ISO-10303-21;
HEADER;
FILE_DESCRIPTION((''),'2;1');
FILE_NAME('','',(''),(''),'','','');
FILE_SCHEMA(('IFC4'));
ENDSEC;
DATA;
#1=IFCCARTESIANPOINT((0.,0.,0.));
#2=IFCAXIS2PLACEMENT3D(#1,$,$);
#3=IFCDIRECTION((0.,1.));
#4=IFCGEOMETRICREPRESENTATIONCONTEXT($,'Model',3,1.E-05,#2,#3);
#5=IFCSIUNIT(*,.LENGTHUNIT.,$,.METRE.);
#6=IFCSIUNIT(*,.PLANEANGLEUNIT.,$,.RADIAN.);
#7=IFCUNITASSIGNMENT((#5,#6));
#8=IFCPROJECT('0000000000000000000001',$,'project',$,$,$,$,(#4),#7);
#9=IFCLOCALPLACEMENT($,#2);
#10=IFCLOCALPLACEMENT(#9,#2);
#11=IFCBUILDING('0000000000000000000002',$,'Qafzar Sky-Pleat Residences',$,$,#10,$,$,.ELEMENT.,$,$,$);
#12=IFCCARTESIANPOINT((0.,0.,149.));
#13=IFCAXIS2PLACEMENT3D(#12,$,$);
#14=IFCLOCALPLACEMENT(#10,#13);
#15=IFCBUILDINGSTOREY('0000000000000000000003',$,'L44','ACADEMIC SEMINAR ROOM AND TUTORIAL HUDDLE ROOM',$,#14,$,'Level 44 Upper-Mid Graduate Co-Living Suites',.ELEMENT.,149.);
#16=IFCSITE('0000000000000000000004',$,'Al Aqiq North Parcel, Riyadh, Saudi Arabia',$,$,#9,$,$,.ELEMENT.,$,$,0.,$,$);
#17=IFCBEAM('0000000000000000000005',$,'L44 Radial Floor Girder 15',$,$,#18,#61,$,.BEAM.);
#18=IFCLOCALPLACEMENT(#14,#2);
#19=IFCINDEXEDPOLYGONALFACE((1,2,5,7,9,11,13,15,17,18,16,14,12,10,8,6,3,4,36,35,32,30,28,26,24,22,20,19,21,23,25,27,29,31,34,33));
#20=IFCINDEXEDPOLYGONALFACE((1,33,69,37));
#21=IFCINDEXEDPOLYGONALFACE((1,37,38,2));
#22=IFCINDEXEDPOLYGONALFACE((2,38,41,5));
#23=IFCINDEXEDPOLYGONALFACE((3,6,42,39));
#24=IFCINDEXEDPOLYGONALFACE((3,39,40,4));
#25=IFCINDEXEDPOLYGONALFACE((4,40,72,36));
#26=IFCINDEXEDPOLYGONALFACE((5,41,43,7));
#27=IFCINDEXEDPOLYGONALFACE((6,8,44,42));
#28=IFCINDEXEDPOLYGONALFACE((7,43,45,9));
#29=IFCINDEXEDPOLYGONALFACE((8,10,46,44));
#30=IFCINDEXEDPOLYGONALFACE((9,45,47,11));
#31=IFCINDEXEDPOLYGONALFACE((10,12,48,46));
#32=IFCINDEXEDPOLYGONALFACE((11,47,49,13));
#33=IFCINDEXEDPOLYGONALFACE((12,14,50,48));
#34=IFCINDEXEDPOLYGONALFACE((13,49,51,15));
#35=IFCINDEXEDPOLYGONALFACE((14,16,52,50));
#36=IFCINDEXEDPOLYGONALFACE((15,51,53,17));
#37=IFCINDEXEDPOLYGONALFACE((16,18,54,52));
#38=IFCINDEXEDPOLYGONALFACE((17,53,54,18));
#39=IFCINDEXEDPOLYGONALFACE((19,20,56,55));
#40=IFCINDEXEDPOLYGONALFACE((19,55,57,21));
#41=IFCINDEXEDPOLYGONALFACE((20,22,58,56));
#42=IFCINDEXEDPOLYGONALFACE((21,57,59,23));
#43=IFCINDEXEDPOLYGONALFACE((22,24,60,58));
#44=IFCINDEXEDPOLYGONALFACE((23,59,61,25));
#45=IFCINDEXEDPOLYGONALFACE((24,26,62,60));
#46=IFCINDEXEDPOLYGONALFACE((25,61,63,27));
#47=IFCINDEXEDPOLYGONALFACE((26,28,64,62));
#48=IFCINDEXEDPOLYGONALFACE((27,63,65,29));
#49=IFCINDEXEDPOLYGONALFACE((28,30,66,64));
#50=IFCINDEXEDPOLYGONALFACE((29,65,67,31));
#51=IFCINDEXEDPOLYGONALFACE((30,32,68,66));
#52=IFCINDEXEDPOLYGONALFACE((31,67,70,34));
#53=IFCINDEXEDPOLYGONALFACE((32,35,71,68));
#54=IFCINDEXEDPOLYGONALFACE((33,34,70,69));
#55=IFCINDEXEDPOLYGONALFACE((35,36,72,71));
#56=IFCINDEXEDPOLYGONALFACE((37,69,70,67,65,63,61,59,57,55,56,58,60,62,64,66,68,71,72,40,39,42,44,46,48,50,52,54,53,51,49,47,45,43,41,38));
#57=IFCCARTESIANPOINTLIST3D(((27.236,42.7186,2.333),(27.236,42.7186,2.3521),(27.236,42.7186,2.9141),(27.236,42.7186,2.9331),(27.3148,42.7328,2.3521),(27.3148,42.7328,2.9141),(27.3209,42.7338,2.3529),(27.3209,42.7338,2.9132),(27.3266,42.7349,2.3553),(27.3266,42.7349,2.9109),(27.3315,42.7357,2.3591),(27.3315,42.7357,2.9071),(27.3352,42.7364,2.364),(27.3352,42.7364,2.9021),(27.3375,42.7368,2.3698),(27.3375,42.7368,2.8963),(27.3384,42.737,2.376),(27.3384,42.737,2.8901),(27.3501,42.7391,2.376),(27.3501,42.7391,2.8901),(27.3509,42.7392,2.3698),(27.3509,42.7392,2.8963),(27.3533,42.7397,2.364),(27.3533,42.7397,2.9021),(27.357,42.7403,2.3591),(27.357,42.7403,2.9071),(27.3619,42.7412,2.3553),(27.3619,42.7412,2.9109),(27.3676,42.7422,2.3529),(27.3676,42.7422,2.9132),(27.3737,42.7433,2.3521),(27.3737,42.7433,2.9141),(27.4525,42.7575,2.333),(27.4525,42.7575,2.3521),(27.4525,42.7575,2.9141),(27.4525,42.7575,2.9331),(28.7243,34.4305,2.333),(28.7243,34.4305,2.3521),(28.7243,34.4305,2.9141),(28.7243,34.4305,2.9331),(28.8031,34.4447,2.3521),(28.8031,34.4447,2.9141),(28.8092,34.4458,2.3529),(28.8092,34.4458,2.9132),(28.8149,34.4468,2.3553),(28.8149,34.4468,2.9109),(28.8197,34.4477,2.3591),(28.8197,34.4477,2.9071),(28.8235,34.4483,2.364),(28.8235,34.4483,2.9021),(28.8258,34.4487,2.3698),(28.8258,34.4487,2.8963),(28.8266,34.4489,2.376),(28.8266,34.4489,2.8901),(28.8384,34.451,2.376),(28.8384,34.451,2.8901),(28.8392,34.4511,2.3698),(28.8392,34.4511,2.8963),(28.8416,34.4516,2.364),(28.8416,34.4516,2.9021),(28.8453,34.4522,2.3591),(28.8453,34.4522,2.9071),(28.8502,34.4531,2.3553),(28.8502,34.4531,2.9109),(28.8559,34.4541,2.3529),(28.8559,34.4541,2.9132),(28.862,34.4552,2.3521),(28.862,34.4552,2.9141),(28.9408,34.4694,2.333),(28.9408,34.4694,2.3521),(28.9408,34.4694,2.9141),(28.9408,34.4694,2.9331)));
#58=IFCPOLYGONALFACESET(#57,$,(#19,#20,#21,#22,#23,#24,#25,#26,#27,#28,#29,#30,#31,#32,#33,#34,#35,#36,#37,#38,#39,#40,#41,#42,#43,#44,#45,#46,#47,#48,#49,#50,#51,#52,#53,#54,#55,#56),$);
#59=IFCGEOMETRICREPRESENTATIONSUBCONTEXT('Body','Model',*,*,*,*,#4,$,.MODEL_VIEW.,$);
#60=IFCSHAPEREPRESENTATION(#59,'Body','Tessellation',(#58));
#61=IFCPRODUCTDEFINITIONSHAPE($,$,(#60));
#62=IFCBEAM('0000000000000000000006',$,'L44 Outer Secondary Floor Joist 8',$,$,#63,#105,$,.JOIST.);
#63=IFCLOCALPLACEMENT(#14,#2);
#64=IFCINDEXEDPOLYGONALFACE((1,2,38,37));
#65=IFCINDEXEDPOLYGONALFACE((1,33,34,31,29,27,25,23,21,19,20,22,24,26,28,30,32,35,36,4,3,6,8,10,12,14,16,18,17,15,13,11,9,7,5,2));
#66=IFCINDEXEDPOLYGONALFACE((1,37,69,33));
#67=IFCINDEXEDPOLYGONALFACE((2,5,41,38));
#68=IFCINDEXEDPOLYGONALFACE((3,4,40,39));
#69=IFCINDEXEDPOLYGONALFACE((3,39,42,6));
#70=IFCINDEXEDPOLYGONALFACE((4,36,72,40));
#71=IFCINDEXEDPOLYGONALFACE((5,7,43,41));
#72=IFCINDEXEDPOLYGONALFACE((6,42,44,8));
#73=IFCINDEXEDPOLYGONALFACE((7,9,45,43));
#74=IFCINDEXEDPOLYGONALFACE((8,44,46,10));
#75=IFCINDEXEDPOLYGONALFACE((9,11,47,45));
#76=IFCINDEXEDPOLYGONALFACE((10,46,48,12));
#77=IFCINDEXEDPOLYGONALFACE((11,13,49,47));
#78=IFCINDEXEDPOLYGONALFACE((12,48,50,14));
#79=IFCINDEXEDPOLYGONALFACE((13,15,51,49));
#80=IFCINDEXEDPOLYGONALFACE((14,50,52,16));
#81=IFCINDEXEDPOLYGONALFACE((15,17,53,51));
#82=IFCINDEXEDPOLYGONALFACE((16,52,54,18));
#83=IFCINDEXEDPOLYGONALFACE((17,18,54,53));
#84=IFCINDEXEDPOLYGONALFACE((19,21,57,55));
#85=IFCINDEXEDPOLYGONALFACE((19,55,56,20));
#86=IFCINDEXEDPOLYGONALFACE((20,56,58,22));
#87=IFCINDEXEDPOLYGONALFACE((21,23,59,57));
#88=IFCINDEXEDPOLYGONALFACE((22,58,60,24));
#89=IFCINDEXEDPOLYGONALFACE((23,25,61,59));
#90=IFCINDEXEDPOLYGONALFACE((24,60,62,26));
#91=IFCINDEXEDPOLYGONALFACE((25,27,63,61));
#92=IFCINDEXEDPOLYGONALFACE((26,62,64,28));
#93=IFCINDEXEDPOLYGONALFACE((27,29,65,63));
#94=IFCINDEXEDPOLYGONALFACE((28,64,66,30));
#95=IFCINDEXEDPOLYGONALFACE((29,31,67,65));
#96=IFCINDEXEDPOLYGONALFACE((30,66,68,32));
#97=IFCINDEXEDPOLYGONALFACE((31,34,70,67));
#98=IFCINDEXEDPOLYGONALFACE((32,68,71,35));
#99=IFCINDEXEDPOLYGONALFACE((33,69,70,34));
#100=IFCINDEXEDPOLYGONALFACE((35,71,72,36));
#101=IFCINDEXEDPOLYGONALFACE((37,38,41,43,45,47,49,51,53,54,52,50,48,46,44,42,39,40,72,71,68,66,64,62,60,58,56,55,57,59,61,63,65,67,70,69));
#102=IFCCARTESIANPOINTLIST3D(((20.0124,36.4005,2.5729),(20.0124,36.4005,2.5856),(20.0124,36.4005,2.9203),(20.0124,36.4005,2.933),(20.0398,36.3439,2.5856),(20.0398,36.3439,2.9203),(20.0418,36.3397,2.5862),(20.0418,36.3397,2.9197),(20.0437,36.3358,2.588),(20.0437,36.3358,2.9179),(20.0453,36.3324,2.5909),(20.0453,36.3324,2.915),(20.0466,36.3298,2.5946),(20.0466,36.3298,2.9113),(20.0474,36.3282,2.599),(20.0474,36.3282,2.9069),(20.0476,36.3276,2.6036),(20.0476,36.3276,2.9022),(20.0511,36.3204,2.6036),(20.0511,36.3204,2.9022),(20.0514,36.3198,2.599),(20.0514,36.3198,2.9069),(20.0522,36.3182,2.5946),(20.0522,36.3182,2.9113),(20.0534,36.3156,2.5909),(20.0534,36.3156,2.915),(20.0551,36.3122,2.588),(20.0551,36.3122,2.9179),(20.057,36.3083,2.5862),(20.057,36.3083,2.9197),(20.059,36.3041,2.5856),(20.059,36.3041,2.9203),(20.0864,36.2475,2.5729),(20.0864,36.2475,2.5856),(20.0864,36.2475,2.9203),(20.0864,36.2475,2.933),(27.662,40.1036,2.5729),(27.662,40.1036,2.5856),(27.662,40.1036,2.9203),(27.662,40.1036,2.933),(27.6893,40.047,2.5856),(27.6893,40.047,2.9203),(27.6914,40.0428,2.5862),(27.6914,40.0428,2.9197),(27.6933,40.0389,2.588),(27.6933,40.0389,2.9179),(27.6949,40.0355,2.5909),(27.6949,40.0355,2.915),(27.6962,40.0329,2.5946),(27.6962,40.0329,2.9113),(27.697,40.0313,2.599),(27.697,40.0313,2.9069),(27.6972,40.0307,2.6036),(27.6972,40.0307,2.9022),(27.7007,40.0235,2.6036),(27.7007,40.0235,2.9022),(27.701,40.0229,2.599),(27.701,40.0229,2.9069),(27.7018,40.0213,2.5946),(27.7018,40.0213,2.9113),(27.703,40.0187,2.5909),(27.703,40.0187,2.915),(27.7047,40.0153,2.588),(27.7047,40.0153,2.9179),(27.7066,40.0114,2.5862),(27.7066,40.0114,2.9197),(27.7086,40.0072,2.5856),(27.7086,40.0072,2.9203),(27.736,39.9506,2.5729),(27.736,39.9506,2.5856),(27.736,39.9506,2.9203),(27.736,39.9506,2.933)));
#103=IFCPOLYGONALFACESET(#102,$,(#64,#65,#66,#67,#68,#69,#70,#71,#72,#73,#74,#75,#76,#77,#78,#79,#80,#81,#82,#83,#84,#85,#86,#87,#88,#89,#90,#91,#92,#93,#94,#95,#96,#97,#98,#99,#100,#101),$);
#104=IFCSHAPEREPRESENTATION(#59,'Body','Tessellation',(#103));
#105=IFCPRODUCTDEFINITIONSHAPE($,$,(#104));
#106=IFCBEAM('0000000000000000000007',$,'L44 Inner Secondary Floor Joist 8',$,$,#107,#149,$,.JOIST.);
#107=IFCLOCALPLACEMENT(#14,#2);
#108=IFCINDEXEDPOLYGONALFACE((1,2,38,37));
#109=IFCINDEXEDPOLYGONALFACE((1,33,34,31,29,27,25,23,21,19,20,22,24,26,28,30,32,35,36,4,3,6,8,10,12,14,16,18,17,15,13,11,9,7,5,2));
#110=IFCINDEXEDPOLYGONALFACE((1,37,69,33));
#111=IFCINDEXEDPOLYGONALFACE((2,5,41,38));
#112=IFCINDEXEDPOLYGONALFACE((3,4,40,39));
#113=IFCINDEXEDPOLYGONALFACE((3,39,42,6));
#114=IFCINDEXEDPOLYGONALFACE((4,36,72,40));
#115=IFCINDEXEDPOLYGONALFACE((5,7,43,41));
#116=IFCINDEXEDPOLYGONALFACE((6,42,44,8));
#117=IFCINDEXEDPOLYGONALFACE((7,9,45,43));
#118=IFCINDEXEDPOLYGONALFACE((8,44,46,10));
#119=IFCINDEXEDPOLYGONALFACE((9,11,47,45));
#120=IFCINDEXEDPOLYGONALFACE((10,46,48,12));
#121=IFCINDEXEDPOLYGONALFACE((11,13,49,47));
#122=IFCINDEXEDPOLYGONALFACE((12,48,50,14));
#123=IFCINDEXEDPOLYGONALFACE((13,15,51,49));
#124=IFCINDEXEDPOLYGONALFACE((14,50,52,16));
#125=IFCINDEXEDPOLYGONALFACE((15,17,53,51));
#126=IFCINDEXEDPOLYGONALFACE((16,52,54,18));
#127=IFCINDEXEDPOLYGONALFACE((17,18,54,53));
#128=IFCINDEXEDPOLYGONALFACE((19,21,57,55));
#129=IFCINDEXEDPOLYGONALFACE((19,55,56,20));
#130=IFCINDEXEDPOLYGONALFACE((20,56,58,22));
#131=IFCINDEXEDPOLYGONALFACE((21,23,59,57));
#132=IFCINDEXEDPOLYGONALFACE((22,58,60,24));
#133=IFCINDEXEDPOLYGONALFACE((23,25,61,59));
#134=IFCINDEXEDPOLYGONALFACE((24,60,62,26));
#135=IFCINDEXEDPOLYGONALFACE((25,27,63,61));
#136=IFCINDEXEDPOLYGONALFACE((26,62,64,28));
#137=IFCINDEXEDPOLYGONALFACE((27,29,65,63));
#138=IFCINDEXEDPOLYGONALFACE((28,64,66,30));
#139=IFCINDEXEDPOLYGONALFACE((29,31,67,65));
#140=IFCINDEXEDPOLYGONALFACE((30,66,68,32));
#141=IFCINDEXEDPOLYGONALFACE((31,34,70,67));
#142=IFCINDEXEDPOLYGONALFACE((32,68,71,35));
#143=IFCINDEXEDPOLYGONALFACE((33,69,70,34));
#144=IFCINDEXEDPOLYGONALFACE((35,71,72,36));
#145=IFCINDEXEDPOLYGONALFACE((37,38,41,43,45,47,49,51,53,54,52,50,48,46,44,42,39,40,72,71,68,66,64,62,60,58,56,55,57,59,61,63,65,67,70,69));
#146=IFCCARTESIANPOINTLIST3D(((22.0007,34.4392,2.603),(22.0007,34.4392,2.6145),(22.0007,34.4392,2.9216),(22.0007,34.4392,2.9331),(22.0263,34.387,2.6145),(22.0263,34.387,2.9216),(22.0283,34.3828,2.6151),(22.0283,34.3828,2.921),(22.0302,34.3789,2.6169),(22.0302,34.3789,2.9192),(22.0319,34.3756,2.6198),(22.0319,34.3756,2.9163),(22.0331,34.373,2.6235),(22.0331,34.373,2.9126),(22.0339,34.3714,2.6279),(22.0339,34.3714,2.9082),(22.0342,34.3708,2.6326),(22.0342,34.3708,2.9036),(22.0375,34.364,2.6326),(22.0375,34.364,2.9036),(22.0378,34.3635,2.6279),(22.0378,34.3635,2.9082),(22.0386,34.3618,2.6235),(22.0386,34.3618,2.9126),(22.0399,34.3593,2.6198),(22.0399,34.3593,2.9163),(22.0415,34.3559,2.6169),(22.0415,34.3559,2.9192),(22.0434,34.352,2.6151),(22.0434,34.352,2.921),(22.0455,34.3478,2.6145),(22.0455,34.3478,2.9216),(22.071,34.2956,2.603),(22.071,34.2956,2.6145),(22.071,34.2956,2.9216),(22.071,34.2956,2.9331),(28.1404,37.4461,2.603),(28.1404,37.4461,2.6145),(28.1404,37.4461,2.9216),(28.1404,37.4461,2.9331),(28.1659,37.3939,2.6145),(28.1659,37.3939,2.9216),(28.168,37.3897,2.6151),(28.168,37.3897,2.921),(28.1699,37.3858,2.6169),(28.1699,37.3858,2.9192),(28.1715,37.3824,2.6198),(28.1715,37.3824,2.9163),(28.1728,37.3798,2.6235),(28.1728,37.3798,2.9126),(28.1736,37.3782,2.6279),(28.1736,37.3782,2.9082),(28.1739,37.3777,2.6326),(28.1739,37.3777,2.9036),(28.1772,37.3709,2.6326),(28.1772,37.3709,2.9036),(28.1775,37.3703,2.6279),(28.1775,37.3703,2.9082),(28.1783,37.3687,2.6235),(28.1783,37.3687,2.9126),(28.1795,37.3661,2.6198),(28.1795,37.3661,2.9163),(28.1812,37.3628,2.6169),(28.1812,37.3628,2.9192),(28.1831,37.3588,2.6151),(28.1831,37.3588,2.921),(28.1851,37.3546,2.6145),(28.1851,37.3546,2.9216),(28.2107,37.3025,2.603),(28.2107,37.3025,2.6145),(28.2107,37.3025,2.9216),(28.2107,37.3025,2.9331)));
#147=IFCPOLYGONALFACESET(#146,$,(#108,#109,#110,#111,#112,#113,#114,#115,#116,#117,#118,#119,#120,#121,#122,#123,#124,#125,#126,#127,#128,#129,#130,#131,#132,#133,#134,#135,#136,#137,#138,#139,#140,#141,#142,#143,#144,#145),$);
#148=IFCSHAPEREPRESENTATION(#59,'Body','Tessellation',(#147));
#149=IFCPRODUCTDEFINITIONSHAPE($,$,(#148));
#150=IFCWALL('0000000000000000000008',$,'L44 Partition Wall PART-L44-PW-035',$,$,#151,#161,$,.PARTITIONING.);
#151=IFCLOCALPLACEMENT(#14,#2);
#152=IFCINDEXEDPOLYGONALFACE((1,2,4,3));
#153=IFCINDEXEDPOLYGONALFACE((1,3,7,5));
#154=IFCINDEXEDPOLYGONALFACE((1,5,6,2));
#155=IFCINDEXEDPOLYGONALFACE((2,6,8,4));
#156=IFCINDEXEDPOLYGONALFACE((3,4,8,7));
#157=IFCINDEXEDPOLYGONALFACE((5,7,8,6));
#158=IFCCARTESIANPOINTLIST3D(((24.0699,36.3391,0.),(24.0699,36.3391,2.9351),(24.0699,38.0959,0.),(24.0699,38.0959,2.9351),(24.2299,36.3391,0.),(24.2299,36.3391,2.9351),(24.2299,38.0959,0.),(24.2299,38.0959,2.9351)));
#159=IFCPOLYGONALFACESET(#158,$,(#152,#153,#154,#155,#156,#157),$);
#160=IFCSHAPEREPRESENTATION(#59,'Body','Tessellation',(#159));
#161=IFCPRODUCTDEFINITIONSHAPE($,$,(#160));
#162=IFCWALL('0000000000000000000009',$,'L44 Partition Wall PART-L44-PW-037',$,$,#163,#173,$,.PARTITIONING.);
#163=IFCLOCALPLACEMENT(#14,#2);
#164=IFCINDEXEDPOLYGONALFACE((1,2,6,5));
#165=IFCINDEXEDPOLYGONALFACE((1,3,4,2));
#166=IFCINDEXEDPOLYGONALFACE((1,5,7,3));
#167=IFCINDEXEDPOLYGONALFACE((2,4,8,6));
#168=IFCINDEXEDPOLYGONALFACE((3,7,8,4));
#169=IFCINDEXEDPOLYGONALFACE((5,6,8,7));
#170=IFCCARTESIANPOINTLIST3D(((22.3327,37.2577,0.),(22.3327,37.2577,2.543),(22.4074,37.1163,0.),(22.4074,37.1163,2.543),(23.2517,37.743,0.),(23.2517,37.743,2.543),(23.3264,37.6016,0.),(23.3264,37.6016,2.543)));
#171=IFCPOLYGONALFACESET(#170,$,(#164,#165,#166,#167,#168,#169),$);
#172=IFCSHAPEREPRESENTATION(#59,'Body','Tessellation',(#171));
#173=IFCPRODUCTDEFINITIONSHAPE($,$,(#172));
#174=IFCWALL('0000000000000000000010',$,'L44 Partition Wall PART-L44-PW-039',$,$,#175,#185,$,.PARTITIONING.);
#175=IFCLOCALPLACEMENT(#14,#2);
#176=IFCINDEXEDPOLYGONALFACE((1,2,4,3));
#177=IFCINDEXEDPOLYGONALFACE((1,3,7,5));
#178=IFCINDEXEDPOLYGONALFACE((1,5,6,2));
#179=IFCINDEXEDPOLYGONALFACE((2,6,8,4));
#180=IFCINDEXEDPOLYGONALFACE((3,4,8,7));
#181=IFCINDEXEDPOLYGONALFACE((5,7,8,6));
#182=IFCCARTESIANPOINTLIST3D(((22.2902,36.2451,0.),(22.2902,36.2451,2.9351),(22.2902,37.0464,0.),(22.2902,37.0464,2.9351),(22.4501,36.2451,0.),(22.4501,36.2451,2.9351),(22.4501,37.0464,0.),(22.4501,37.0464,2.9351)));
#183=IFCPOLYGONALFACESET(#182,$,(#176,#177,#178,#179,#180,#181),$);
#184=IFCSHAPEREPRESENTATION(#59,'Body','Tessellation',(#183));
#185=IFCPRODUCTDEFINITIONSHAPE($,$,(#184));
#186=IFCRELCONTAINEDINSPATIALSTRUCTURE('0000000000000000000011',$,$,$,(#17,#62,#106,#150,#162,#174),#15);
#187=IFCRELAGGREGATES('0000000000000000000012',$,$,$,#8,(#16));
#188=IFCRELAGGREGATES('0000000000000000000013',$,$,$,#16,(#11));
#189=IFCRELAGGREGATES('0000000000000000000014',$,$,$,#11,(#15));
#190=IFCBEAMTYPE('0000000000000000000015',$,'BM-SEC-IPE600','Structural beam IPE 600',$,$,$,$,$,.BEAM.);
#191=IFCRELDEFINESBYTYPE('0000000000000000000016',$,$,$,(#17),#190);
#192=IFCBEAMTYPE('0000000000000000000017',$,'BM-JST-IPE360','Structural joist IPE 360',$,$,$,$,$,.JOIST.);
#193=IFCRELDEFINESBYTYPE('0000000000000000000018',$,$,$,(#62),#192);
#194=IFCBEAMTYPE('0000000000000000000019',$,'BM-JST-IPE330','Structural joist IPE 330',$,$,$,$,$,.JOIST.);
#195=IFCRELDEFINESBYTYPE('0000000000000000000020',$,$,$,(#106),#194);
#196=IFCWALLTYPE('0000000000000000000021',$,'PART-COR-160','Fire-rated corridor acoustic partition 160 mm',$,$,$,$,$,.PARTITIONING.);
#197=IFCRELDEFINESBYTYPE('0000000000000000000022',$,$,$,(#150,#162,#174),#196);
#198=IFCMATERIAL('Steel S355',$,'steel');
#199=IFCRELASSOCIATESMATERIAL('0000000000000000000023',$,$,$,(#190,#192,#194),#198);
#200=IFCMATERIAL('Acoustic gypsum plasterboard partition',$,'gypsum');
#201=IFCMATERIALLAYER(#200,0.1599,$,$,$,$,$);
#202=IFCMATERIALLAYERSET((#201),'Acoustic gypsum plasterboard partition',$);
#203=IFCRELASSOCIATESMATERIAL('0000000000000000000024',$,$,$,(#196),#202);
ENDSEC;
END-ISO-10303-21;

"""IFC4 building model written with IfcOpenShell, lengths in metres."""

from ifc_helpers import new_model, si_unit, direction, frame, frame_2d, origin, origin_2d, place, context, subcontext, project, spatial, rectangle, i_section, extrude, source, transform, mapped, material, layer, layer_set, material_profile, profile_set, type_object, element, save


model = new_model("IFC4")

# Units and contexts
model_context = context("Model", 3, precision=1e-05, world=origin(), true_north=direction((0.0, 1.0)))
body_context = subcontext(model_context, "Body", "Model", "MODEL_VIEW")
ifc_project = project(units=[si_unit("LENGTHUNIT", "METRE"), si_unit("PLANEANGLEUNIT", "RADIAN")], contexts=[model_context])

# Site, building, storey
site_placement = place(None, origin())
site = spatial("IfcSite", under=ifc_project, at=site_placement, Name="Al Aqiq North Parcel, Riyadh, Saudi Arabia", CompositionType="ELEMENT", RefElevation=0.0)
building_placement = place(site_placement, origin())
building = spatial("IfcBuilding", under=site, at=building_placement, Name="Qafzar Sky-Pleat Residences", CompositionType="ELEMENT")
storey_placement = place(building_placement, frame((0.0, 0.0, 149.0)))
storey = spatial("IfcBuildingStorey", under=building, at=storey_placement, Name="L44", Description="ACADEMIC SEMINAR ROOM AND TUTORIAL HUDDLE ROOM", LongName="Level 44 Upper-Mid Graduate Co-Living Suites", CompositionType="ELEMENT", Elevation=149.0)

# Shared definitions
ifc_material_1 = material(Name="Steel S355", Category="steel")

# Beams
ifc_material_profile_1 = material_profile(ifc_material_1, i_section(OverallWidth=0.22, OverallDepth=0.6001, WebThickness=0.012, FlangeThickness=0.019, FilletRadius=0.0239, at=origin_2d()), Name="IPE 600")
ifc_profile_set_1 = profile_set([ifc_material_profile_1], Name="Steel S355")
beam_type_1 = type_object("IfcBeamType", Name="BM-SEC-IPE600", Description="Structural beam IPE 600", PredefinedType="BEAM", material=ifc_profile_set_1)
shared_shape_1 = source(origin(), body_context, "Body", "SweptSolid", [
    extrude(i_section(OverallWidth=0.22, OverallDepth=0.6001, WebThickness=0.012, FlangeThickness=0.019, FilletRadius=0.0239, at=origin_2d()), origin(), (0.0, 0.0, 1.0), 8.4207),
])
beam_1_placement = place(storey_placement, frame((27.3442, 42.738, 2.6331), z_axis=(0.176742, -0.984257, 0.0), x_axis=(0.984257, 0.176742, 0.0)))
element("IfcBeam", 1, at=beam_1_placement, inside=storey, type_object=beam_type_1, Name="L44 Radial Floor Girder 15", PredefinedType="BEAM", context=body_context, shape_type="MappedRepresentation", body=[
    mapped(shared_shape_1, transform((0.0, 0.0, 0.0), x_axis=(1.0, 0.0, 0.0), y_axis=(0.0, 1.0, 0.0), z_axis=(0.0, 0.0, 1.0), scale=1.0)),
])
ifc_material_profile_2 = material_profile(ifc_material_1, i_section(OverallWidth=0.1699, OverallDepth=0.3601, WebThickness=0.0081, FlangeThickness=0.0127, FilletRadius=0.0181, at=origin_2d()), Name="IPE 360")
ifc_profile_set_2 = profile_set([ifc_material_profile_2], Name="Steel S355")
beam_type_2 = type_object("IfcBeamType", Name="BM-JST-IPE360", Description="Structural joist IPE 360", PredefinedType="JOIST", material=ifc_profile_set_2)
shared_shape_2 = source(origin(), body_context, "Body", "SweptSolid", [
    extrude(i_section(OverallWidth=0.1699, OverallDepth=0.3601, WebThickness=0.0081, FlangeThickness=0.0127, FilletRadius=0.0181, at=origin_2d()), origin(), (0.0, 0.0, 1.0), 8.4988),
])
beam_2_placement = place(storey_placement, frame((27.699, 40.0271, 2.7529), z_axis=(-0.900082, -0.435721, 0.0), x_axis=(0.435721, -0.900082, 0.0)))
element("IfcBeam", 2, at=beam_2_placement, inside=storey, type_object=beam_type_2, Name="L44 Outer Secondary Floor Joist 8", PredefinedType="JOIST", context=body_context, shape_type="MappedRepresentation", body=[
    mapped(shared_shape_2, transform((0.0, 0.0, 0.0), x_axis=(1.0, 0.0, 0.0), y_axis=(0.0, 1.0, 0.0), z_axis=(0.0, 0.0, 1.0), scale=1.0)),
])
ifc_material_profile_3 = material_profile(ifc_material_1, i_section(OverallWidth=0.1599, OverallDepth=0.3301, WebThickness=0.0076, FlangeThickness=0.0115, FilletRadius=0.0181, at=origin_2d()), Name="IPE 330")
ifc_profile_set_3 = profile_set([ifc_material_profile_3], Name="Steel S355")
beam_type_3 = type_object("IfcBeamType", Name="BM-JST-IPE330", Description="Structural joist IPE 330", PredefinedType="JOIST", material=ifc_profile_set_3)
shared_shape_3 = source(origin(), body_context, "Body", "SweptSolid", [
    extrude(i_section(OverallWidth=0.1599, OverallDepth=0.3301, WebThickness=0.0076, FlangeThickness=0.0115, FilletRadius=0.0181, at=origin_2d()), origin(), (0.0, 0.0, 1.0), 6.8364),
])
beam_3_placement = place(storey_placement, frame((28.1755, 37.3743, 2.7681), z_axis=(-0.898082, -0.439827, 0.0), x_axis=(0.439827, -0.898082, 0.0)))
element("IfcBeam", 3, at=beam_3_placement, inside=storey, type_object=beam_type_3, Name="L44 Inner Secondary Floor Joist 8", PredefinedType="JOIST", context=body_context, shape_type="MappedRepresentation", body=[
    mapped(shared_shape_3, transform((0.0, 0.0, 0.0), x_axis=(1.0, 0.0, 0.0), y_axis=(0.0, 1.0, 0.0), z_axis=(0.0, 0.0, 1.0), scale=1.0)),
])

# Walls
ifc_material_2 = material(Name="Acoustic gypsum plasterboard partition", Category="gypsum")
ifc_layer_1 = layer(ifc_material_2, 0.1599)
ifc_layer_set_1 = layer_set([ifc_layer_1], Name="Acoustic gypsum plasterboard partition")
wall_type_1 = type_object("IfcWallType", Name="PART-COR-160", Description="Fire-rated corridor acoustic partition 160 mm", PredefinedType="PARTITIONING", material=ifc_layer_set_1)
wall_1_placement = place(storey_placement, frame((24.1499, 36.3391, 0.0), z_axis=(0.0, 0.0, 1.0), x_axis=(0.0, 1.0, 0.0)))
element("IfcWall", 4, at=wall_1_placement, inside=storey, type_object=wall_type_1, Name="L44 Partition Wall PART-L44-PW-035", PredefinedType="PARTITIONING", context=body_context, shape_type="SweptSolid", body=[
    extrude(rectangle(XDim=1.7568, YDim=0.1599, at=frame_2d((0.8784, 0.0))), origin(), (0.0, 0.0, 1.0), 2.9351),
])
wall_2_placement = place(storey_placement, frame((22.3701, 37.187, 0.0), z_axis=(0.0, 0.0, 1.0), x_axis=(0.884245, 0.467024, 0.0)))
element("IfcWall", 5, at=wall_2_placement, inside=storey, type_object=wall_type_1, Name="L44 Partition Wall PART-L44-PW-037", PredefinedType="PARTITIONING", context=body_context, shape_type="SweptSolid", body=[
    extrude(rectangle(XDim=1.0393, YDim=0.1599, at=frame_2d((0.5195, 0.0))), origin(), (0.0, 0.0, 1.0), 2.543),
])
wall_3_placement = place(storey_placement, frame((22.3701, 36.2451, 0.0), z_axis=(0.0, 0.0, 1.0), x_axis=(0.0, 1.0, 0.0)))
element("IfcWall", 6, at=wall_3_placement, inside=storey, type_object=wall_type_1, Name="L44 Partition Wall PART-L44-PW-039", PredefinedType="PARTITIONING", context=body_context, shape_type="SweptSolid", body=[
    extrude(rectangle(XDim=0.8013, YDim=0.1599, at=frame_2d((0.4006, 0.0))), origin(), (0.0, 0.0, 1.0), 2.9351),
])

save(model, "model.ifc")
